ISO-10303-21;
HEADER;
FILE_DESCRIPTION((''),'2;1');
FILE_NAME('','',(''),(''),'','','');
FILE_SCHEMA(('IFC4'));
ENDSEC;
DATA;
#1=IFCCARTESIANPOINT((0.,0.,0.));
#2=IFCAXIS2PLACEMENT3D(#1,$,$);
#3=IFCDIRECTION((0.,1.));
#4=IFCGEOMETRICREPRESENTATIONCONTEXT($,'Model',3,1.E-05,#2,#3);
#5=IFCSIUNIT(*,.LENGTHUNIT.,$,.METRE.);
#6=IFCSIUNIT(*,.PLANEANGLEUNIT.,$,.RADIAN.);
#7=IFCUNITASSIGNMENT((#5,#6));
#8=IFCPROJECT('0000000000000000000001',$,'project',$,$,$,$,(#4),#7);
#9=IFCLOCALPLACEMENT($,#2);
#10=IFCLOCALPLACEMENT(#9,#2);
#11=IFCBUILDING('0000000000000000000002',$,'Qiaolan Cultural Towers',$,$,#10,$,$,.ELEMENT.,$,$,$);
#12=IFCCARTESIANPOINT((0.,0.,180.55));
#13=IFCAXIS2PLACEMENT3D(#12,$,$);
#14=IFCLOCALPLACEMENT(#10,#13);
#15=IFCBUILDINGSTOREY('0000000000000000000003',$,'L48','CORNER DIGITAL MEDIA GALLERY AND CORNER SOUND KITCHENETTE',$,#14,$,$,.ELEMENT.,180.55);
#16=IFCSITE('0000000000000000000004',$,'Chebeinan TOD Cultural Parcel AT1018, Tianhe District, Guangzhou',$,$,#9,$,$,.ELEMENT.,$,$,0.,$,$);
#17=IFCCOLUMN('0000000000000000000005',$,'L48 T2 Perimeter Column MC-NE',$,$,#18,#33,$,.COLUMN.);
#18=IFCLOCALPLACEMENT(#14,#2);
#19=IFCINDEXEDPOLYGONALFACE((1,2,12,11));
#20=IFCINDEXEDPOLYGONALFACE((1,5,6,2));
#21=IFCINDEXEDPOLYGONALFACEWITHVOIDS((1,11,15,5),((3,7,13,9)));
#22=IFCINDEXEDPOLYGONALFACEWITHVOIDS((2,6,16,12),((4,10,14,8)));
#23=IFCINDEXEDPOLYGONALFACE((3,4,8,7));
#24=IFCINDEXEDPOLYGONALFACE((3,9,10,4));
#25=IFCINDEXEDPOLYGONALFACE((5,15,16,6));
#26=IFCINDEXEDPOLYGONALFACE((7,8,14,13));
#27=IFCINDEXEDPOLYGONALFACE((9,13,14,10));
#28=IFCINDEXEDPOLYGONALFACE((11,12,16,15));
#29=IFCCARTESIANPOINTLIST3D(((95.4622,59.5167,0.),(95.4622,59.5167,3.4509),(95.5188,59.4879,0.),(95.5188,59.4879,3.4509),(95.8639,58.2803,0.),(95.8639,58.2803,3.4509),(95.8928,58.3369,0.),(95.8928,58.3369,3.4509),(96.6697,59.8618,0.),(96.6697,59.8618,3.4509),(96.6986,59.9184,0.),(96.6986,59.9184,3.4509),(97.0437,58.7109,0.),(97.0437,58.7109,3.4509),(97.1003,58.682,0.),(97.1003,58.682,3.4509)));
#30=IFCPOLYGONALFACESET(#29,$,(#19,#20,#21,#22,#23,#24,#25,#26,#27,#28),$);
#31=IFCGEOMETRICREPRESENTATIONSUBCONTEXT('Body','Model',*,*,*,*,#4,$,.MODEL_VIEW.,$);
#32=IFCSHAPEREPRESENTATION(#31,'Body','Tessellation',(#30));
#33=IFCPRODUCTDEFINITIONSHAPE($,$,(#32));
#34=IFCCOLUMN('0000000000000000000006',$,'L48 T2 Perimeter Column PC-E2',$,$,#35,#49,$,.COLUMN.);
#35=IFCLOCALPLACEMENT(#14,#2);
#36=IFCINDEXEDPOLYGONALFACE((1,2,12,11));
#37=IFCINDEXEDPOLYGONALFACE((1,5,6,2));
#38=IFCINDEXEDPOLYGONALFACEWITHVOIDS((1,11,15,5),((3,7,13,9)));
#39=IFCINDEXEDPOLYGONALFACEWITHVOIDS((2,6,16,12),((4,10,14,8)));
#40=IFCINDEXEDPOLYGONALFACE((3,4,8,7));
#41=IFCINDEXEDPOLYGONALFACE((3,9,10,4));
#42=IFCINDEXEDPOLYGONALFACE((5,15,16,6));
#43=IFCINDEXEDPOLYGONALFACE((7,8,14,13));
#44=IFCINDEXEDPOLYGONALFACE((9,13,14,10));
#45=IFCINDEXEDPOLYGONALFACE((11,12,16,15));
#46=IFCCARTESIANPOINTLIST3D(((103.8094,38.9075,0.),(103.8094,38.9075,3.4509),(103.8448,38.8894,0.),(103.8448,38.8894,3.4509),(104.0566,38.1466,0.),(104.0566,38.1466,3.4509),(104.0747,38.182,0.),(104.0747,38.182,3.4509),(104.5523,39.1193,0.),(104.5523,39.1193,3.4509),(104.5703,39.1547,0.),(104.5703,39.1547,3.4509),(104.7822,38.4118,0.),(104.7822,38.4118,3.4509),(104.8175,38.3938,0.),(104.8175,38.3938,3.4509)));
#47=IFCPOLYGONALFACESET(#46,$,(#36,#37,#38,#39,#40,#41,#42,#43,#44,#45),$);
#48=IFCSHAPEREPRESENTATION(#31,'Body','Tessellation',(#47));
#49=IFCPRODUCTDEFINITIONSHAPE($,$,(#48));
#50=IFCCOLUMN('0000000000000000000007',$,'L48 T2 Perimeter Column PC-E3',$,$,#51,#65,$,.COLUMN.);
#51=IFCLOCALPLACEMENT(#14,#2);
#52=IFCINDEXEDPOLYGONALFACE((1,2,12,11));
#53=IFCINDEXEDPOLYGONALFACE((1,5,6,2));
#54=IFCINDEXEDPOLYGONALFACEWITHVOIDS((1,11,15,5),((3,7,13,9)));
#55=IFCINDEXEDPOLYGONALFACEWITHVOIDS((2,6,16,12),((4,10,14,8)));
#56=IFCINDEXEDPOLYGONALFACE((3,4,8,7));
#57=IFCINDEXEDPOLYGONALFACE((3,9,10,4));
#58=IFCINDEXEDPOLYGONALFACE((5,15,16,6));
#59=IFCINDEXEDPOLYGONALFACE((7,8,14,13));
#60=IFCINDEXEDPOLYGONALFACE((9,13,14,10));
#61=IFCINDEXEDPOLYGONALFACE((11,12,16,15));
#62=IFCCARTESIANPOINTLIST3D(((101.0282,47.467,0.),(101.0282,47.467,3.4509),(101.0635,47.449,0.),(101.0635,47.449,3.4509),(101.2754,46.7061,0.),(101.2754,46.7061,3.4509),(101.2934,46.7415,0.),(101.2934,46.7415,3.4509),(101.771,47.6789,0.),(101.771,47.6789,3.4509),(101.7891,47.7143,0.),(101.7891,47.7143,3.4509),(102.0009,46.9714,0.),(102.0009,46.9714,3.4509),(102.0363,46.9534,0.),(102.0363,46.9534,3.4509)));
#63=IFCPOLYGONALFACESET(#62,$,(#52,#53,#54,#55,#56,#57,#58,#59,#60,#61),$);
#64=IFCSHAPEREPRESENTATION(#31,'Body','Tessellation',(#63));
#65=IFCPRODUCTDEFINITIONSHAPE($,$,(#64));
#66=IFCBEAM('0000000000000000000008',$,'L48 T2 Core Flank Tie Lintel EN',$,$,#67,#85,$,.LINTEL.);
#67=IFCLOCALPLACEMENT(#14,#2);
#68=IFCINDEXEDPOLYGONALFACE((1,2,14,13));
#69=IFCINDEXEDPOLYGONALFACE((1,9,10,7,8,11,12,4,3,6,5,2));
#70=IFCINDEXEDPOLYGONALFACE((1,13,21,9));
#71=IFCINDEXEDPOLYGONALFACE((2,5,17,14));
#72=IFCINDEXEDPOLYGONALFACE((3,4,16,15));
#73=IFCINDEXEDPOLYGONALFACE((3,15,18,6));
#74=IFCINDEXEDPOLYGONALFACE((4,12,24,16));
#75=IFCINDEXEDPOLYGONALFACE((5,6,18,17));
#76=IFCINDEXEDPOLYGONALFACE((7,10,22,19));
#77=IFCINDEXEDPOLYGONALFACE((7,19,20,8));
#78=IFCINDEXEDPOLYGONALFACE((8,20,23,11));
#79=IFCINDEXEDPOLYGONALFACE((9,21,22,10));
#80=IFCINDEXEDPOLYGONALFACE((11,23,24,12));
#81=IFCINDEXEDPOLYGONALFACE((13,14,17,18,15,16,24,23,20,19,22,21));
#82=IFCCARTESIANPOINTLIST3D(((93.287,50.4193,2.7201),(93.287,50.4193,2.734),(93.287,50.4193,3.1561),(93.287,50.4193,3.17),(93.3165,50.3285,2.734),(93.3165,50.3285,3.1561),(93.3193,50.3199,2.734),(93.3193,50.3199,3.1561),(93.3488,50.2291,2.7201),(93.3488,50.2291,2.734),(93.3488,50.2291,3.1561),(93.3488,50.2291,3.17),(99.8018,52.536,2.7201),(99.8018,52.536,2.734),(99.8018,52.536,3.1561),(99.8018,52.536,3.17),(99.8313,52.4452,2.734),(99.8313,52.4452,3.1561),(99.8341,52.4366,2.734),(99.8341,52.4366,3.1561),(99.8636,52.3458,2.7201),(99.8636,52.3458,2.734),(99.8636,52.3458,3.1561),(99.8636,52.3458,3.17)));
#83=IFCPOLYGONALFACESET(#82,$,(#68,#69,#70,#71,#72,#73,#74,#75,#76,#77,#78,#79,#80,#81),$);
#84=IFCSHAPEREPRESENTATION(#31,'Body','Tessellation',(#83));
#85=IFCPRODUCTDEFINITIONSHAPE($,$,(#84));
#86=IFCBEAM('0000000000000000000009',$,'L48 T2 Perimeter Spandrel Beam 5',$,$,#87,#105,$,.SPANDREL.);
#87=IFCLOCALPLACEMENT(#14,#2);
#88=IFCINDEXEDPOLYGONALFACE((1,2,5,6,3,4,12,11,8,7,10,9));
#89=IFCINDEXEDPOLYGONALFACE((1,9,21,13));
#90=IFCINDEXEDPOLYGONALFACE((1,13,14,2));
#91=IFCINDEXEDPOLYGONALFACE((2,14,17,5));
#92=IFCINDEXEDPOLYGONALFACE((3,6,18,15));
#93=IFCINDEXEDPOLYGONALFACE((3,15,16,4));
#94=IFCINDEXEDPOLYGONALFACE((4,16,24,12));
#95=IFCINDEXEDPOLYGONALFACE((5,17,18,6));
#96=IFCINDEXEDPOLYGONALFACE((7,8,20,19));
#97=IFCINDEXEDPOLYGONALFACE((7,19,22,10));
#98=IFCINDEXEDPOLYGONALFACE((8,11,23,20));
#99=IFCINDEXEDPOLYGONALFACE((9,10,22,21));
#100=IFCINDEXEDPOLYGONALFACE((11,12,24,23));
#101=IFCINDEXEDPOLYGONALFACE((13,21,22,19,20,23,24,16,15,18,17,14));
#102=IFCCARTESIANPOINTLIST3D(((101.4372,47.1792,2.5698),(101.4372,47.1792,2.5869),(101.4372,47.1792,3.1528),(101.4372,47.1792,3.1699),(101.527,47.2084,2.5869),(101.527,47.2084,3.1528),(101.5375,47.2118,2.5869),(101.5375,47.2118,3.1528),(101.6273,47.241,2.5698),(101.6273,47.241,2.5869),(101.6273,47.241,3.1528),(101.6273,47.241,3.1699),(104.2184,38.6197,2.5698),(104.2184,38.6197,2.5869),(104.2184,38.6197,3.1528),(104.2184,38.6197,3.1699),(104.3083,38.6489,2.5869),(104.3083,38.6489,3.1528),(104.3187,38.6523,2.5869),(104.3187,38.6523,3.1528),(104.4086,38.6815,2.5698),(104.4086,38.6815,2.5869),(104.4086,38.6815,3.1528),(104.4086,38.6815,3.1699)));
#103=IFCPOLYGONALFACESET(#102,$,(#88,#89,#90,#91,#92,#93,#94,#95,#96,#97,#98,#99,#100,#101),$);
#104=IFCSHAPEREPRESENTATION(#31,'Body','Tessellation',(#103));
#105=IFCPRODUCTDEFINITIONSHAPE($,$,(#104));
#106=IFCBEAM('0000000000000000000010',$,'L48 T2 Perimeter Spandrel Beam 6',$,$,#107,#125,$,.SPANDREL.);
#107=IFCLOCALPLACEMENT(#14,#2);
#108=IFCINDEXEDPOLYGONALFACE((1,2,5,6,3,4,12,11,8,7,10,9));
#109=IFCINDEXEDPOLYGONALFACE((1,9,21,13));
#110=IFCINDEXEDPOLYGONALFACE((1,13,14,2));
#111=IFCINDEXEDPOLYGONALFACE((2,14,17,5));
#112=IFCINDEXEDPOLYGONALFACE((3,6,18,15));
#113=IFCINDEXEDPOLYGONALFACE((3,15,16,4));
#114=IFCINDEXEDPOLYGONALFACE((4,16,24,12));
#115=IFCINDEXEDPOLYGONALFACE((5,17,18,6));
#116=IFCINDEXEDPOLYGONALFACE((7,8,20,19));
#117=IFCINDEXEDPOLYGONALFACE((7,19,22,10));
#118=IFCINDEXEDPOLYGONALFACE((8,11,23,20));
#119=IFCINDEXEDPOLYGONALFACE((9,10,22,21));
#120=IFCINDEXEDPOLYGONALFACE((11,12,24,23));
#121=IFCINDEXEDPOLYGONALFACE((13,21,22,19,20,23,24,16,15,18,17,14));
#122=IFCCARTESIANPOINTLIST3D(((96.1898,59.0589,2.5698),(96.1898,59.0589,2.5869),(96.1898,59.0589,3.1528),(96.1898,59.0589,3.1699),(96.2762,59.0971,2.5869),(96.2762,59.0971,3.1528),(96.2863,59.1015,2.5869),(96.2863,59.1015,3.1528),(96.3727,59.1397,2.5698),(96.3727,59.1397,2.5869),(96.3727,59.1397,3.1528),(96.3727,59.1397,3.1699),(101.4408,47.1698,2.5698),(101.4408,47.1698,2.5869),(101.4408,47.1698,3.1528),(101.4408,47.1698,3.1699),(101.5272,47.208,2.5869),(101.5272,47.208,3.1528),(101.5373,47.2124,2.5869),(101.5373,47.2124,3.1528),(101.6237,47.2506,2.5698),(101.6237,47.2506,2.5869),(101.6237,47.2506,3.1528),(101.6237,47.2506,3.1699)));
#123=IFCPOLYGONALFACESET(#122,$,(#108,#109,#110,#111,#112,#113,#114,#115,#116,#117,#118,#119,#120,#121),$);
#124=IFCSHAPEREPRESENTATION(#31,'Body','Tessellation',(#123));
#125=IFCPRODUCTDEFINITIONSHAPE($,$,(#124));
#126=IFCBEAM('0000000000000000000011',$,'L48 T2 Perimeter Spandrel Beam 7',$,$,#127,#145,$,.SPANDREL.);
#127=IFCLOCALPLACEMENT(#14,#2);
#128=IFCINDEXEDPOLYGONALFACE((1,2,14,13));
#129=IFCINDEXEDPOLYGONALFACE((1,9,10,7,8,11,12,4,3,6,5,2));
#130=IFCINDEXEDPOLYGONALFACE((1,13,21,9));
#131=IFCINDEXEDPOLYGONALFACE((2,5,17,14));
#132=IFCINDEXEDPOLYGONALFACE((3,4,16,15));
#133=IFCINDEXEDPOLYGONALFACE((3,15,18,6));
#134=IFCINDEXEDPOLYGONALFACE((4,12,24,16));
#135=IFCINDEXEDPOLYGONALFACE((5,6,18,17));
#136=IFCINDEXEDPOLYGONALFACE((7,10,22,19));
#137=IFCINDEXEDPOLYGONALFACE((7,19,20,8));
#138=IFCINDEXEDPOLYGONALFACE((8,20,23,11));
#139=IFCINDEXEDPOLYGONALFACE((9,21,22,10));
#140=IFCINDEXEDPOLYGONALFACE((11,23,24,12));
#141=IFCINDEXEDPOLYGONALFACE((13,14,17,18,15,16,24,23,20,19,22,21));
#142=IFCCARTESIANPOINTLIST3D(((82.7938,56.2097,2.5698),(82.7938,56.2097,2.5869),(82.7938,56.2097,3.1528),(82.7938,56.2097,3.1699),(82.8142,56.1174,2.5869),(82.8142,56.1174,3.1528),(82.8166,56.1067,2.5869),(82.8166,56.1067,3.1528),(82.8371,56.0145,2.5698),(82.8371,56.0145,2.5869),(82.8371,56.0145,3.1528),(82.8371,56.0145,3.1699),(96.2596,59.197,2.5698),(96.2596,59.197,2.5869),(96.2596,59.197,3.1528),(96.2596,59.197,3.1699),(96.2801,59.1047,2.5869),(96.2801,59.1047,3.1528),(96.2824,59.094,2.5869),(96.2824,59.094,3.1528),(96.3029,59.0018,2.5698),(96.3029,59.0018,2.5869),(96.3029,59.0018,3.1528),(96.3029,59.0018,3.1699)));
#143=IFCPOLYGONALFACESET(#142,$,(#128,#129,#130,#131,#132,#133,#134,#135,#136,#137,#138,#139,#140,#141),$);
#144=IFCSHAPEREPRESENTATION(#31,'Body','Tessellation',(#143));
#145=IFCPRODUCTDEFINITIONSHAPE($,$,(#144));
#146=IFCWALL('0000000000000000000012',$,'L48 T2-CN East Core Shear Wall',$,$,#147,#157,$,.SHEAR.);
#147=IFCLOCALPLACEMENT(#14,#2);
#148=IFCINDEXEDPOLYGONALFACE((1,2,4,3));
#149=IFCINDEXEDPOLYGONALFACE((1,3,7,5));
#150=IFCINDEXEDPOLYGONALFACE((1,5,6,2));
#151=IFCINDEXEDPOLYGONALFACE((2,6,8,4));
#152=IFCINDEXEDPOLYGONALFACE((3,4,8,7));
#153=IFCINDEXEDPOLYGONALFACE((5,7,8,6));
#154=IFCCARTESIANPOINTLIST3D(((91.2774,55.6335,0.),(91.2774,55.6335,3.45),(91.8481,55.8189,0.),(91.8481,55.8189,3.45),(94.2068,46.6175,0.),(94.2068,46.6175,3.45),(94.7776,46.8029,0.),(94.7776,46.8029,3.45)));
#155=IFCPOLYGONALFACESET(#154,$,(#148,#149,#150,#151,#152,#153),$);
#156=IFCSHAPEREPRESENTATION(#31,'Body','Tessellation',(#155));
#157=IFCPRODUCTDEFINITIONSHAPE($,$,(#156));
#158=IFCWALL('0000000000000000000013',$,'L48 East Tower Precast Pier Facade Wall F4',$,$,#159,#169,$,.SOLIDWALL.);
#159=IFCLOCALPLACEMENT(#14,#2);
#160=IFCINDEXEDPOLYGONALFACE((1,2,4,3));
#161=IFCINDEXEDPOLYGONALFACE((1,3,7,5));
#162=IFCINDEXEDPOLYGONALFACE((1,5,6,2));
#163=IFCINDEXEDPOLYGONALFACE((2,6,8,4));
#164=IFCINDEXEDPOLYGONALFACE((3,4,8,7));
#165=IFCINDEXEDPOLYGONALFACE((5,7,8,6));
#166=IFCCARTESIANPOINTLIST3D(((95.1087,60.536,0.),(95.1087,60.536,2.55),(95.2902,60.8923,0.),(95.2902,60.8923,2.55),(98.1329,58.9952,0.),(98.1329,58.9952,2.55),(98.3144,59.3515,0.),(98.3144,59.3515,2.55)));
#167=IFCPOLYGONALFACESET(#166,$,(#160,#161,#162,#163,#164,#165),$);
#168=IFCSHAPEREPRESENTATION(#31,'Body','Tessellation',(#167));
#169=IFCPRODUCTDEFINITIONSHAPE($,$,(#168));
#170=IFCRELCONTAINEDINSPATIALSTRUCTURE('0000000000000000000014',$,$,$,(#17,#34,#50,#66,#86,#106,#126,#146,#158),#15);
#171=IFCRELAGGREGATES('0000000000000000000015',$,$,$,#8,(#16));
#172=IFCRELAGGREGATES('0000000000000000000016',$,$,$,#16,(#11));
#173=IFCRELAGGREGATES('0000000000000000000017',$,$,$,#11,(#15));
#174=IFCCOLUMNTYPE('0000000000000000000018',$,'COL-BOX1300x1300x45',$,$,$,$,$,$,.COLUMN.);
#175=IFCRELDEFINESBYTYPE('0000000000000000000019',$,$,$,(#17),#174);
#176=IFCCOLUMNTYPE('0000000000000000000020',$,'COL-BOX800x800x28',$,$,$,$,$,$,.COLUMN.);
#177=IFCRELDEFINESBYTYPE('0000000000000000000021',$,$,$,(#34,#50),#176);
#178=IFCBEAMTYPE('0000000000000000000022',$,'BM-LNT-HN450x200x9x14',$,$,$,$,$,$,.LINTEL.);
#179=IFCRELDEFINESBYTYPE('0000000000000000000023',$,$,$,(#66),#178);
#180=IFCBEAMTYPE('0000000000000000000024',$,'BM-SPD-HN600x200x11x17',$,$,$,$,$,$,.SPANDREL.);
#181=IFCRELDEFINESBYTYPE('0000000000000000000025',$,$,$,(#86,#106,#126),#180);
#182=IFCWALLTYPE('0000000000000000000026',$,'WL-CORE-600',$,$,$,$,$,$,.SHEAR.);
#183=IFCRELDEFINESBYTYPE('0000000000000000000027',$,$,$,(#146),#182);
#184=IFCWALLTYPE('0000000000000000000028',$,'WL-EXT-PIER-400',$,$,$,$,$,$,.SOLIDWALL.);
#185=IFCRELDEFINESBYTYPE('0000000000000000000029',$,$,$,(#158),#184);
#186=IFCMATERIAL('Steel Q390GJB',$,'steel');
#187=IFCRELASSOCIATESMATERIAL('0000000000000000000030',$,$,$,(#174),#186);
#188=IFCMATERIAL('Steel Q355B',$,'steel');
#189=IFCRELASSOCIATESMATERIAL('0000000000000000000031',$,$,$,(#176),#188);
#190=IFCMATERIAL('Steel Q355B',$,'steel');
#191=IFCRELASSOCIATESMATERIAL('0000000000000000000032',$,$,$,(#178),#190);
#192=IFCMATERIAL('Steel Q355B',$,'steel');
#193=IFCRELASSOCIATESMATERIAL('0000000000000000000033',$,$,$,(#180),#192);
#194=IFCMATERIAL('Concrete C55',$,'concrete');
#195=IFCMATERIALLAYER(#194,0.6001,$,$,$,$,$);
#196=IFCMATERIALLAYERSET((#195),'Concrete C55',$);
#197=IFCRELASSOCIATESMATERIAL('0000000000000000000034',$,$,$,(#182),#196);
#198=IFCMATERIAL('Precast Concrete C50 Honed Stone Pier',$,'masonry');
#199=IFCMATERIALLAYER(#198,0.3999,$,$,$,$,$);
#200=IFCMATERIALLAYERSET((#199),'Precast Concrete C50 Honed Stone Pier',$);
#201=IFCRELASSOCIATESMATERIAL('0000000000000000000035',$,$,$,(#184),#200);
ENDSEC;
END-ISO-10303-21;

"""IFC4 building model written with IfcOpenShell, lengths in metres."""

from ifc_helpers import new_model, si_unit, direction, frame, frame_2d, origin, origin_2d, place, context, subcontext, project, spatial, rectangle, hollow_rectangle, i_section, extrude, material, layer, layer_set, material_profile, profile_set, type_object, element, save


model = new_model("IFC4")

# Units and contexts
model_context = context("Model", 3, precision=1e-05, world=origin(), true_north=direction((0.0, 1.0)))
body_context = subcontext(model_context, "Body", "Model", "MODEL_VIEW")
ifc_project = project(units=[si_unit("LENGTHUNIT", "METRE"), si_unit("PLANEANGLEUNIT", "RADIAN")], contexts=[model_context])

# Site, building, storey
site_placement = place(None, origin())
site = spatial("IfcSite", under=ifc_project, at=site_placement, Name="Chebeinan TOD Cultural Parcel AT1018, Tianhe District, Guangzhou", CompositionType="ELEMENT", RefElevation=0.0)
building_placement = place(site_placement, origin())
building = spatial("IfcBuilding", under=site, at=building_placement, Name="Qiaolan Cultural Towers", CompositionType="ELEMENT")
storey_placement = place(building_placement, frame((0.0, 0.0, 180.55)))
storey = spatial("IfcBuildingStorey", under=building, at=storey_placement, Name="L48", Description="CORNER DIGITAL MEDIA GALLERY AND CORNER SOUND KITCHENETTE", CompositionType="ELEMENT", Elevation=180.55)

# Columns
ifc_material_1 = material(Name="Steel Q390GJB", Category="steel")
ifc_material_profile_1 = material_profile(ifc_material_1, hollow_rectangle(XDim=1.3, YDim=1.3, WallThickness=0.0449, at=origin_2d()), Name="BOX1300x1300x45")
ifc_profile_set_1 = profile_set([ifc_material_profile_1], Name="Steel Q390GJB")
column_type_1 = type_object("IfcColumnType", Name="COL-BOX1300x1300x45", PredefinedType="COLUMN", material=ifc_profile_set_1)
column_placement = place(storey_placement, frame((96.2812, 59.0994, 0.0), z_axis=(0.0, 0.0, 1.0), x_axis=(0.951057, 0.309017, 0.0)))
element("IfcColumn", 1, at=column_placement, inside=storey, type_object=column_type_1, Name="L48 T2 Perimeter Column MC-NE", PredefinedType="COLUMN", context=body_context, shape_type="SweptSolid", body=[
    extrude(hollow_rectangle(XDim=1.3, YDim=1.3, WallThickness=0.0449, at=origin_2d()), origin(), (0.0, 0.0, 1.0), 3.4509),
])
ifc_material_2 = material(Name="Steel Q355B", Category="steel")
ifc_material_profile_2 = material_profile(ifc_material_2, hollow_rectangle(XDim=0.8, YDim=0.8, WallThickness=0.0281, at=origin_2d()), Name="BOX800x800x28")
ifc_profile_set_2 = profile_set([ifc_material_profile_2], Name="Steel Q355B")
column_type_2 = type_object("IfcColumnType", Name="COL-BOX800x800x28", PredefinedType="COLUMN", material=ifc_profile_set_2)
for number, where, z_axis, x_axis, name in (
    (2, (104.3135, 38.6506, 0.0), (0.0, 0.0, 1.0), (0.951057, 0.309017, 0.0), "L48 T2 Perimeter Column PC-E2"),
    (3, (101.5322, 47.2102, 0.0), (0.0, 0.0, 1.0), (0.951057, 0.309017, 0.0), "L48 T2 Perimeter Column PC-E3"),
):
    element("IfcColumn", number, at=place(storey_placement, frame(where, z_axis=z_axis, x_axis=x_axis)), inside=storey, type_object=column_type_2, Name=name, PredefinedType="COLUMN", context=body_context, shape_type="SweptSolid", body=[
        extrude(hollow_rectangle(XDim=0.8, YDim=0.8, WallThickness=0.0281, at=origin_2d()), origin(), (0.0, 0.0, 1.0), 3.4509),
    ])

# Beams
ifc_material_3 = material(Name="Steel Q355B", Category="steel")
ifc_material_profile_3 = material_profile(ifc_material_3, i_section(OverallWidth=0.2, OverallDepth=0.45, WebThickness=0.009, FlangeThickness=0.0139, at=origin_2d()), Name="HN450x200x9x14")
ifc_profile_set_3 = profile_set([ifc_material_profile_3], Name="Steel Q355B")
beam_type_1 = type_object("IfcBeamType", Name="BM-LNT-HN450x200x9x14", PredefinedType="LINTEL", material=ifc_profile_set_3)
beam_1_placement = place(storey_placement, frame((93.3179, 50.3242, 2.9451), z_axis=(0.951062, 0.309001, 0.0), x_axis=(-0.309001, 0.951062, 0.0)))
element("IfcBeam", 4, at=beam_1_placement, inside=storey, type_object=beam_type_1, Name="L48 T2 Core Flank Tie Lintel EN", PredefinedType="LINTEL", context=body_context, shape_type="SweptSolid", body=[
    extrude(i_section(OverallWidth=0.2, OverallDepth=0.45, WebThickness=0.009, FlangeThickness=0.0139, at=origin_2d()), origin(), (0.0, 0.0, 1.0), 6.8501),
])
ifc_material_4 = material(Name="Steel Q355B", Category="steel")
ifc_material_profile_4 = material_profile(ifc_material_4, i_section(OverallWidth=0.2, OverallDepth=0.6001, WebThickness=0.011, FlangeThickness=0.0171, at=origin_2d()), Name="HN600x200x11x17")
ifc_profile_set_4 = profile_set([ifc_material_profile_4], Name="Steel Q355B")
beam_type_2 = type_object("IfcBeamType", Name="BM-SPD-HN600x200x11x17", PredefinedType="SPANDREL", material=ifc_profile_set_4)
beam_2_placement = place(storey_placement, frame((104.3135, 38.6506, 2.8699), z_axis=(-0.309025, 0.951054, 0.0), x_axis=(-0.951054, -0.309025, 0.0)))
element("IfcBeam", 5, at=beam_2_placement, inside=storey, type_object=beam_type_2, Name="L48 T2 Perimeter Spandrel Beam 5", PredefinedType="SPANDREL", context=body_context, shape_type="SweptSolid", body=[
    extrude(i_section(OverallWidth=0.2, OverallDepth=0.6001, WebThickness=0.011, FlangeThickness=0.0171, at=origin_2d()), origin(), (0.0, 0.0, 1.0), 9.0),
])
beam_3_placement = place(storey_placement, frame((101.5322, 47.2102, 2.8699), z_axis=(-0.404011, 0.914754, 0.0), x_axis=(-0.914754, -0.404011, 0.0)))
element("IfcBeam", 6, at=beam_3_placement, inside=storey, type_object=beam_type_2, Name="L48 T2 Perimeter Spandrel Beam 6", PredefinedType="SPANDREL", context=body_context, shape_type="SweptSolid", body=[
    extrude(i_section(OverallWidth=0.2, OverallDepth=0.6001, WebThickness=0.011, FlangeThickness=0.0171, at=origin_2d()), origin(), (0.0, 0.0, 1.0), 12.9971),
])
beam_4_placement = place(storey_placement, frame((96.2812, 59.0994, 2.8699), z_axis=(-0.976265, -0.216578, 0.0), x_axis=(0.216578, -0.976265, 0.0)))
element("IfcBeam", 7, at=beam_4_placement, inside=storey, type_object=beam_type_2, Name="L48 T2 Perimeter Spandrel Beam 7", PredefinedType="SPANDREL", context=body_context, shape_type="SweptSolid", body=[
    extrude(i_section(OverallWidth=0.2, OverallDepth=0.6001, WebThickness=0.011, FlangeThickness=0.0171, at=origin_2d()), origin(), (0.0, 0.0, 1.0), 13.7932),
])

# Walls
ifc_material_5 = material(Name="Concrete C55", Category="concrete")
ifc_layer_1 = layer(ifc_material_5, 0.6001)
ifc_layer_set_1 = layer_set([ifc_layer_1], Name="Concrete C55")
wall_type_1 = type_object("IfcWallType", Name="WL-CORE-600", PredefinedType="SHEAR", material=ifc_layer_set_1)
wall_1_placement = place(storey_placement, frame((94.4922, 46.7102, 0.0), z_axis=(0.0, 0.0, 1.0), x_axis=(-0.30901, 0.951059, 0.0)))
element("IfcWall", 8, at=wall_1_placement, inside=storey, type_object=wall_type_1, Name="L48 T2-CN East Core Shear Wall", PredefinedType="SHEAR", context=body_context, shape_type="SweptSolid", body=[
    extrude(rectangle(XDim=9.48, YDim=0.6001, at=frame_2d((4.74, 0.0))), origin(), (0.0, 0.0, 1.0), 3.45),
])
ifc_material_6 = material(Name="Precast Concrete C50 Honed Stone Pier", Category="masonry")
ifc_layer_2 = layer(ifc_material_6, 0.3999)
ifc_layer_set_2 = layer_set([ifc_layer_2], Name="Precast Concrete C50 Honed Stone Pier")
wall_type_2 = type_object("IfcWallType", Name="WL-EXT-PIER-400", PredefinedType="SOLIDWALL", material=ifc_layer_set_2)
wall_2_placement = place(storey_placement, frame((95.1995, 60.7141, 0.0), z_axis=(0.0, 0.0, 1.0), x_axis=(0.891021, -0.453962, 0.0)))
element("IfcWall", 9, at=wall_2_placement, inside=storey, type_object=wall_type_2, Name="L48 East Tower Precast Pier Facade Wall F4", PredefinedType="SOLIDWALL", context=body_context, shape_type="SweptSolid", body=[
    extrude(rectangle(XDim=3.394, YDim=0.3999, at=frame_2d((1.697, 0.0))), origin(), (0.0, 0.0, 1.0), 2.55),
])

save(model, "model.ifc")
